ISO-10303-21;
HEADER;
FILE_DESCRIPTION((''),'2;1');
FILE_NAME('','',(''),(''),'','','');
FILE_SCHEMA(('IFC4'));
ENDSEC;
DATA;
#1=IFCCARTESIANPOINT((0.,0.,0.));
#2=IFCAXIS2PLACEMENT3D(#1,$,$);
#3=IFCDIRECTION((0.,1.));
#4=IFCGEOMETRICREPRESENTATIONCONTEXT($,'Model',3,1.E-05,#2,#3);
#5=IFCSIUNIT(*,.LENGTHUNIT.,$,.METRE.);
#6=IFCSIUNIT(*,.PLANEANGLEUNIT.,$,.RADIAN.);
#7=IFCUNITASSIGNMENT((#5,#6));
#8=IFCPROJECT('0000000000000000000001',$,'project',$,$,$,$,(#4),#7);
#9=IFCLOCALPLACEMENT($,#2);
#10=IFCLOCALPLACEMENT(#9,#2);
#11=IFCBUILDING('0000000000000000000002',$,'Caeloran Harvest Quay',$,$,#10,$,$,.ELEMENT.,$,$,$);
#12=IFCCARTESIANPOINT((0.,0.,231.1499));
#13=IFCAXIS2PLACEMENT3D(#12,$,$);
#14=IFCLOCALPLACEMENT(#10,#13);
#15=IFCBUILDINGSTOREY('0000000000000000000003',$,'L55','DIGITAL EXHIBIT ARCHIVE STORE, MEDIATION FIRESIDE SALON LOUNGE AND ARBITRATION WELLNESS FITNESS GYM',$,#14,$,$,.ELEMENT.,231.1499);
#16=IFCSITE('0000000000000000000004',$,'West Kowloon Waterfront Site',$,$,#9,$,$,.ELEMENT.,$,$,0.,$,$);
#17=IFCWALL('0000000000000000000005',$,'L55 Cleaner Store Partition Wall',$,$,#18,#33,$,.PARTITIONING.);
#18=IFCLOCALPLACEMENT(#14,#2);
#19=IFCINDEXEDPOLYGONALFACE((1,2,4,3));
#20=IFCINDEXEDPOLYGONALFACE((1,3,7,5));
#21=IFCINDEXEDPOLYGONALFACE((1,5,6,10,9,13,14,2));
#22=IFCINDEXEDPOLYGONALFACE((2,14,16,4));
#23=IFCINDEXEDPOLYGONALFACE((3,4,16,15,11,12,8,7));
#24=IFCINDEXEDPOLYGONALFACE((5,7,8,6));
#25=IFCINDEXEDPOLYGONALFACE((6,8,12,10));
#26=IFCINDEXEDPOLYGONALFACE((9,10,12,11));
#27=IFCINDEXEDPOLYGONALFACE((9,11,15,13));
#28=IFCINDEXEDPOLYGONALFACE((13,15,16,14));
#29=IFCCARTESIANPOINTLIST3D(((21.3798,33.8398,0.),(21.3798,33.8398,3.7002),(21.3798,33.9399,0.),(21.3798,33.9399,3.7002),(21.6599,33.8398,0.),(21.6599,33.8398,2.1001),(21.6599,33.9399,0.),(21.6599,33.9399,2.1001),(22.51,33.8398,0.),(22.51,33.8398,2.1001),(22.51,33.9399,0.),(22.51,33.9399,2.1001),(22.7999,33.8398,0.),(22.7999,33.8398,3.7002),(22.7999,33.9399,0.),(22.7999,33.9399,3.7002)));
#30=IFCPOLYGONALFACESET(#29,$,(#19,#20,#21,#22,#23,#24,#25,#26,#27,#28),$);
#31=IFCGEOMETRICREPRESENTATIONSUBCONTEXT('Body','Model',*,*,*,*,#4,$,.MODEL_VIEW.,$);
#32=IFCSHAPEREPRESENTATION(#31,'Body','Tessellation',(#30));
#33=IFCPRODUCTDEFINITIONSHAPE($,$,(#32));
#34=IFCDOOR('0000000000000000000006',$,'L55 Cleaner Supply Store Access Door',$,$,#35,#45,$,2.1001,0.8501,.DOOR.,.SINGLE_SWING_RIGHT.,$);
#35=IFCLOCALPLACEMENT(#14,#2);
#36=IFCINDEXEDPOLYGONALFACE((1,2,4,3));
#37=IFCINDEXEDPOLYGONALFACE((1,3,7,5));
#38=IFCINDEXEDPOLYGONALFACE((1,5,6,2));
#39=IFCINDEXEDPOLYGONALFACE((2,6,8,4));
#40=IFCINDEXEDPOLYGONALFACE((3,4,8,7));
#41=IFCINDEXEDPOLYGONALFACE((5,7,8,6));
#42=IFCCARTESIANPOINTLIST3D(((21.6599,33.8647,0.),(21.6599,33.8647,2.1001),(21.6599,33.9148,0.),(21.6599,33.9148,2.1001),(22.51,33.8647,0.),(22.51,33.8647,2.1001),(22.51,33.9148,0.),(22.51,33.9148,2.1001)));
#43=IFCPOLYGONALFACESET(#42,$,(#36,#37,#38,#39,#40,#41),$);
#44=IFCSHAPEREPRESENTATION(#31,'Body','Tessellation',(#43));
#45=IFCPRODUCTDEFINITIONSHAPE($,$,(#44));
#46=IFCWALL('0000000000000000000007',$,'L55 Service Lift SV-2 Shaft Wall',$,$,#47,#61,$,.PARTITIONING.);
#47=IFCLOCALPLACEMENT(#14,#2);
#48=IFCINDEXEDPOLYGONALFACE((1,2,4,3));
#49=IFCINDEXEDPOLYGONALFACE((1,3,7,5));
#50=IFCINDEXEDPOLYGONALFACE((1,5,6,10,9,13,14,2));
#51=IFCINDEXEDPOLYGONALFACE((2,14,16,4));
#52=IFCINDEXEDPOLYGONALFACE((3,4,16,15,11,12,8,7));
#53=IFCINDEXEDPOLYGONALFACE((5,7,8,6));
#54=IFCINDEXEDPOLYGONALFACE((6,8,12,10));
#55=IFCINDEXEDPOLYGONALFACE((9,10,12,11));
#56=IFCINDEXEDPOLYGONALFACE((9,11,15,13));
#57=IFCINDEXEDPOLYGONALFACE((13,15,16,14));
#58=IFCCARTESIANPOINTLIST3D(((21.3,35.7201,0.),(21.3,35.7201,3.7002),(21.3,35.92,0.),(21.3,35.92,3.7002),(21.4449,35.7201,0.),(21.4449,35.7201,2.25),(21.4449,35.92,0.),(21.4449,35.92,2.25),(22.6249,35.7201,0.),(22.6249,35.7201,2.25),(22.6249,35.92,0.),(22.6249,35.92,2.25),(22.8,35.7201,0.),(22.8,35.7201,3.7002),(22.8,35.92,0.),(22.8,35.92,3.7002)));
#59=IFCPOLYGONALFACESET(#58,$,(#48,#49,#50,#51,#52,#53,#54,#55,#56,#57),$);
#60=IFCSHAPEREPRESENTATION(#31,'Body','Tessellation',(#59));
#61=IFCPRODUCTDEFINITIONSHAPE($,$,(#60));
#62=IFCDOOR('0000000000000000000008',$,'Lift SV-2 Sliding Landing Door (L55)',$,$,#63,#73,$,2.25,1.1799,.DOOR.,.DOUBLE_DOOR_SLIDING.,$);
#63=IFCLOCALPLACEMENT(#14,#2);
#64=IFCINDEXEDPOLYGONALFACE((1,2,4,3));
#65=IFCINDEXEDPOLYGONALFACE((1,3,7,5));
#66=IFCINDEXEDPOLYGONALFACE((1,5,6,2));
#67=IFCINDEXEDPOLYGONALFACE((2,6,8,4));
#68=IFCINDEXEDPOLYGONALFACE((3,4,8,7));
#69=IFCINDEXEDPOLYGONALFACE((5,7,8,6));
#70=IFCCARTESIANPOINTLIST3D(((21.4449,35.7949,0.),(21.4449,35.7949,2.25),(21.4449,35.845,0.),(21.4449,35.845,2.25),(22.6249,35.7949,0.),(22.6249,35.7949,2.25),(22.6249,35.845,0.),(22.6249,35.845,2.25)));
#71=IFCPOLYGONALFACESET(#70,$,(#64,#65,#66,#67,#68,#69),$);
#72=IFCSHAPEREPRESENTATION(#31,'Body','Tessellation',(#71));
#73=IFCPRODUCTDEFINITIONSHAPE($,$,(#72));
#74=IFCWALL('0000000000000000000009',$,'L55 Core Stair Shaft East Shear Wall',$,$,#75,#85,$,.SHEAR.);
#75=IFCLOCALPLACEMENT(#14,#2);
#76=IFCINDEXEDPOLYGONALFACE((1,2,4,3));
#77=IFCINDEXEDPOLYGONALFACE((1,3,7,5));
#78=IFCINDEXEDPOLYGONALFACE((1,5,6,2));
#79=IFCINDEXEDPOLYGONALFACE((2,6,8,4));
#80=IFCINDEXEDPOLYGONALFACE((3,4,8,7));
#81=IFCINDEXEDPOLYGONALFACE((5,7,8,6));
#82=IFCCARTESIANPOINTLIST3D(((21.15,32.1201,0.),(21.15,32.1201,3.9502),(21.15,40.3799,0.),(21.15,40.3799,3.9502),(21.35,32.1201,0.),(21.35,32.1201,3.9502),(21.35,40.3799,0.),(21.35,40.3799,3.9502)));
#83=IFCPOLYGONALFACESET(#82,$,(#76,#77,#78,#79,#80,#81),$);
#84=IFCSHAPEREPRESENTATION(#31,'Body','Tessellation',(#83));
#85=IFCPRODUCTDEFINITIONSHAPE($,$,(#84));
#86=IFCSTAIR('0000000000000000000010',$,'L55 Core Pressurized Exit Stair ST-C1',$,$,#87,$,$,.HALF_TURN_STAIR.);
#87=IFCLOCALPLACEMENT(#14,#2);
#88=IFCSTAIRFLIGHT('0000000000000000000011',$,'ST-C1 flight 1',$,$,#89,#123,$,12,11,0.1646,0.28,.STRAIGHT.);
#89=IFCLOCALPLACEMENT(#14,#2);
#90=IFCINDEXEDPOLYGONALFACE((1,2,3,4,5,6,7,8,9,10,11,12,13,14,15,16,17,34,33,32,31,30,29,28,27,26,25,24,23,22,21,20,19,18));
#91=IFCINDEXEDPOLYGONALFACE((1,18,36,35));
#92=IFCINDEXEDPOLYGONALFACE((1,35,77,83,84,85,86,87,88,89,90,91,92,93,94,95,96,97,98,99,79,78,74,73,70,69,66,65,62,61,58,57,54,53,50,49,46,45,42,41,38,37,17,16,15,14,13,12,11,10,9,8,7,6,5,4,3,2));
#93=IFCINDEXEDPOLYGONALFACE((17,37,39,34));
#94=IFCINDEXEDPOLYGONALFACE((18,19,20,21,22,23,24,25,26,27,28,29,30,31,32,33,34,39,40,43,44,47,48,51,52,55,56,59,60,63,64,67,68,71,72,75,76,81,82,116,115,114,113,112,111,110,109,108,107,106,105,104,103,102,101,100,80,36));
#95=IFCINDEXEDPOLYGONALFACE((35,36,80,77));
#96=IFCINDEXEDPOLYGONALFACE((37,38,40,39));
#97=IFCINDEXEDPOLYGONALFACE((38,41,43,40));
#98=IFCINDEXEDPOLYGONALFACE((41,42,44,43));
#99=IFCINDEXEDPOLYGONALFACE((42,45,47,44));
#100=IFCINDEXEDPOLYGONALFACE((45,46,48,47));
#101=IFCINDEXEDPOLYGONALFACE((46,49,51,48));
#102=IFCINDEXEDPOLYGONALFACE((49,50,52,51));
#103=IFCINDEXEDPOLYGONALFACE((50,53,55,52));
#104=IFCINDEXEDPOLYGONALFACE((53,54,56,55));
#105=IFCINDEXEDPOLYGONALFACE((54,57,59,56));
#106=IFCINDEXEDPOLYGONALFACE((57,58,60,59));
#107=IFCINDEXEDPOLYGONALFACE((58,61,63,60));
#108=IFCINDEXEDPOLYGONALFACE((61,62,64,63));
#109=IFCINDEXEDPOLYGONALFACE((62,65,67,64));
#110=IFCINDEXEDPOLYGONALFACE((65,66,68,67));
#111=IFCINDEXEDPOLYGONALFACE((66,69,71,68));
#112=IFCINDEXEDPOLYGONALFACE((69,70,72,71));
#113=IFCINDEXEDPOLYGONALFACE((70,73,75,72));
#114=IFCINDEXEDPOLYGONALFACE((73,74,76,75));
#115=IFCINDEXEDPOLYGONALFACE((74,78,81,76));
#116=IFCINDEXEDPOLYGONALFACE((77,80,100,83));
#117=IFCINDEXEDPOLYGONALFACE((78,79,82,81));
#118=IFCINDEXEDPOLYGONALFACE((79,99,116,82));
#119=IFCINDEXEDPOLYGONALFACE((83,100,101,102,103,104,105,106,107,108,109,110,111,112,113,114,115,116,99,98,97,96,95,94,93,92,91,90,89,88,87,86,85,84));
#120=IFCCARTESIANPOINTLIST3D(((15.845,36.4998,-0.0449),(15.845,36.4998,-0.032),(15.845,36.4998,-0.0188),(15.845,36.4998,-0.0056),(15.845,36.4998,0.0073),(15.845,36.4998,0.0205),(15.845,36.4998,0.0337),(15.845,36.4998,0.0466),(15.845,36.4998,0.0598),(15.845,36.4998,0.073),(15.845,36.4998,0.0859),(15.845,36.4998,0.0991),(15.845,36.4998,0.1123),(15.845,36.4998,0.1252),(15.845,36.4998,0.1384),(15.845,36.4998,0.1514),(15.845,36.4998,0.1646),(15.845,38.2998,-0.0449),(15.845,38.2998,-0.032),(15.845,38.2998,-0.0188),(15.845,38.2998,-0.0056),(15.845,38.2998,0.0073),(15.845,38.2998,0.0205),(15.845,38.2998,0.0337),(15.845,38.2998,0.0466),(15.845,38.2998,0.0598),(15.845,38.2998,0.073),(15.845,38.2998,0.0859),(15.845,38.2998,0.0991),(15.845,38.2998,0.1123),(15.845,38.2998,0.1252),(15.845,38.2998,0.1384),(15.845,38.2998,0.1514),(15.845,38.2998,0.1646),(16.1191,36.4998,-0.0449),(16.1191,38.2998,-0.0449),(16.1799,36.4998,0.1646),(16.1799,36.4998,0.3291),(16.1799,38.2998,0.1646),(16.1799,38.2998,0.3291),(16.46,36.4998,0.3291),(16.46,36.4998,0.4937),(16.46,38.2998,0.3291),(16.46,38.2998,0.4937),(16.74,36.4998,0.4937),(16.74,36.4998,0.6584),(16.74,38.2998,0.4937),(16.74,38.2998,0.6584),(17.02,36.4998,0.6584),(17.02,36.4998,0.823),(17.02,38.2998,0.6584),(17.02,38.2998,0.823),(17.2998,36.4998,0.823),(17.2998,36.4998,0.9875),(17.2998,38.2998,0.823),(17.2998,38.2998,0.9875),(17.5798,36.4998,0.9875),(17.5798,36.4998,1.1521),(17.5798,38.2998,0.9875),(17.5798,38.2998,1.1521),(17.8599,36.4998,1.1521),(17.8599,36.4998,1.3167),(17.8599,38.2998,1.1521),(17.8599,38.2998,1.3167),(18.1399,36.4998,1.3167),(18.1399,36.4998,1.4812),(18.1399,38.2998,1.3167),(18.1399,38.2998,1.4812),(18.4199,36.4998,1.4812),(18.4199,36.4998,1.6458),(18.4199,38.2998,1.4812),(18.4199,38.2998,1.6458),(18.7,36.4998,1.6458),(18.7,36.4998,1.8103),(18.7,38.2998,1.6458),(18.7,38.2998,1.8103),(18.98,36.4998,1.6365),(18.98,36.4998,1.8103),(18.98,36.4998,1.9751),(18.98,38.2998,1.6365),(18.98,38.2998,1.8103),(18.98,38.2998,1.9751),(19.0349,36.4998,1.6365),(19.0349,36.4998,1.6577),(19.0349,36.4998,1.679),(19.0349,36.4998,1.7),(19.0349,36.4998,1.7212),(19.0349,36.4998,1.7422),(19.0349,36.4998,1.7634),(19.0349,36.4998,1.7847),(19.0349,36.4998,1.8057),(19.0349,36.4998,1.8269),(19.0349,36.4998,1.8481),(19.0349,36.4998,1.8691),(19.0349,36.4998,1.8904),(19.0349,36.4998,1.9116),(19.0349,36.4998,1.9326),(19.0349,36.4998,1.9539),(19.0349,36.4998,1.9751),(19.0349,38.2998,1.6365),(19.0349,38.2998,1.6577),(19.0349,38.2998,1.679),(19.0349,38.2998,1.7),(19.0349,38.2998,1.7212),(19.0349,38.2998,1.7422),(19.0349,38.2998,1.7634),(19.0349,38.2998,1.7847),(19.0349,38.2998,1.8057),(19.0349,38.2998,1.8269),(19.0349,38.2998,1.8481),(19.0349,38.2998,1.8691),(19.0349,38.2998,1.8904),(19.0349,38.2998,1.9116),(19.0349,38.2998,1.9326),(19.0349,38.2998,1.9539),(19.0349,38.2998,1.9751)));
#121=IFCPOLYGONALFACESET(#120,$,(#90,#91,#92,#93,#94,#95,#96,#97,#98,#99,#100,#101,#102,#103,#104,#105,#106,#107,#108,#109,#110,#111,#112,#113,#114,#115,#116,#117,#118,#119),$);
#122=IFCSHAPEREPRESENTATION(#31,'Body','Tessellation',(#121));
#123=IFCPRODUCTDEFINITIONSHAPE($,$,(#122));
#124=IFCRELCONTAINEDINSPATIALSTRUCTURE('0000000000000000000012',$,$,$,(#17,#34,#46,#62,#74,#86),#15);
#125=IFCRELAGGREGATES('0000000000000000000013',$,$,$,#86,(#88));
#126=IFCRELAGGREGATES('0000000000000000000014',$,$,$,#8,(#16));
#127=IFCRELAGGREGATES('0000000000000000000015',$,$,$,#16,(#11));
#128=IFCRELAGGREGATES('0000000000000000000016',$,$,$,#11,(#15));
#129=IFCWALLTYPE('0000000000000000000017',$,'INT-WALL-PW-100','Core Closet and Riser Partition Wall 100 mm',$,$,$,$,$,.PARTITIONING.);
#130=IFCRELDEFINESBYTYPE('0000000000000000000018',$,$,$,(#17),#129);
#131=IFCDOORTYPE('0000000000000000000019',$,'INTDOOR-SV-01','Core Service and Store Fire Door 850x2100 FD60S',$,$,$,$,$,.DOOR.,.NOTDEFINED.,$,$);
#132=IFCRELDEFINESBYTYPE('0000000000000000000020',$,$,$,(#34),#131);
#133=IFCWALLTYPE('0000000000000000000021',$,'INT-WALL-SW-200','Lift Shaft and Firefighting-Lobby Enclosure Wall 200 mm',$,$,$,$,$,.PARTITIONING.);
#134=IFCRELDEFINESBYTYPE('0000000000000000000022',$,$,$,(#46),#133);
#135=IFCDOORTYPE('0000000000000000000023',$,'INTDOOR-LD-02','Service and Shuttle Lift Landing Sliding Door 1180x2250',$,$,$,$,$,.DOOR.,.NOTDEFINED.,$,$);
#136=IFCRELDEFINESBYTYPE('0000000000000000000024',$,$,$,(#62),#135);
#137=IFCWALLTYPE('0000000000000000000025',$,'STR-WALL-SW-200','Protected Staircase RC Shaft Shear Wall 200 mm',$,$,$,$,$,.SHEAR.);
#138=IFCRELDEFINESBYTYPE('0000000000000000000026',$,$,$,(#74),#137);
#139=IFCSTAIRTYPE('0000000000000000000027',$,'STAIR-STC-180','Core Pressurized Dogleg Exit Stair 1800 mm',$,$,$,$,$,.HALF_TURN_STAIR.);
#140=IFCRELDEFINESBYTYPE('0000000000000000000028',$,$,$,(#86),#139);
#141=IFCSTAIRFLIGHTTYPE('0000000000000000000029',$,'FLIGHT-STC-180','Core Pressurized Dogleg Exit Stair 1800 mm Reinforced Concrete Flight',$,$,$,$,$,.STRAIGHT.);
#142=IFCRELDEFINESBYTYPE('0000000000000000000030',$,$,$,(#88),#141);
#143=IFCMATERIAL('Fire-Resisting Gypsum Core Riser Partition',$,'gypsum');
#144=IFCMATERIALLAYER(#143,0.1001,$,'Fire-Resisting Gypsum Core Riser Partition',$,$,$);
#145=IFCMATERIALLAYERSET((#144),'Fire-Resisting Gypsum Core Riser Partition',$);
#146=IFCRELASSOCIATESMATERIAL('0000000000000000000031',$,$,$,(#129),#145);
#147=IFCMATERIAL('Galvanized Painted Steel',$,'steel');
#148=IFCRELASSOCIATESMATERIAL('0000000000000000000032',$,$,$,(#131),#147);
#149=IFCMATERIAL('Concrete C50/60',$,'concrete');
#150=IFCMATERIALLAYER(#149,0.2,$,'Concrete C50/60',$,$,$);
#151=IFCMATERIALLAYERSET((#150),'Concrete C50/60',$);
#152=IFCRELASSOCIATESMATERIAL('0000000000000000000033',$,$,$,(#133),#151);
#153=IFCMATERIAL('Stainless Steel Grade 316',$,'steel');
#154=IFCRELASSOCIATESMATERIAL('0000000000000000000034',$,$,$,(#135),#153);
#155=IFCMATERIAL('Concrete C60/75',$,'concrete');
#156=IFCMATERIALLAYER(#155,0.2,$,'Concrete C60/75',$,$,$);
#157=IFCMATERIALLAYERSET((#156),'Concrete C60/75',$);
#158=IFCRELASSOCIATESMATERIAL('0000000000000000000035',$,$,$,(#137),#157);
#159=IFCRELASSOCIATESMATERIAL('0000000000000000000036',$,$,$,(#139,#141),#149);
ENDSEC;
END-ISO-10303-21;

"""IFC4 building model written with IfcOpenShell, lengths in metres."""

from ifc_helpers import new_model, si_unit, direction, frame, frame_2d, origin, place, context, subcontext, project, spatial, polyline, rectangle, outline, extrude, material, layer, layer_set, type_object, element, fill, aggregate, save


model = new_model("IFC4")

# Units and contexts
model_context = context("Model", 3, precision=1e-05, world=origin(), true_north=direction((0.0, 1.0)))
body_context = subcontext(model_context, "Body", "Model", "MODEL_VIEW")
ifc_project = project(units=[si_unit("LENGTHUNIT", "METRE"), si_unit("PLANEANGLEUNIT", "RADIAN")], contexts=[model_context])

# Site, building, storey
site_placement = place(None, origin())
site = spatial("IfcSite", under=ifc_project, at=site_placement, Name="West Kowloon Waterfront Site", CompositionType="ELEMENT", RefElevation=0.0)
building_placement = place(site_placement, origin())
building = spatial("IfcBuilding", under=site, at=building_placement, Name="Caeloran Harvest Quay", CompositionType="ELEMENT")
storey_placement = place(building_placement, frame((0.0, 0.0, 231.1499)))
storey = spatial("IfcBuildingStorey", under=building, at=storey_placement, Name="L55", Description="DIGITAL EXHIBIT ARCHIVE STORE, MEDIATION FIRESIDE SALON LOUNGE AND ARBITRATION WELLNESS FITNESS GYM", CompositionType="ELEMENT", Elevation=231.1499)

# Walls, openings, doors
ifc_material_1 = material(Name="Fire-Resisting Gypsum Core Riser Partition", Category="gypsum")
ifc_layer_1 = layer(ifc_material_1, 0.1001, Name="Fire-Resisting Gypsum Core Riser Partition")
ifc_layer_set_1 = layer_set([ifc_layer_1], Name="Fire-Resisting Gypsum Core Riser Partition")
wall_type_1 = type_object("IfcWallType", Name="INT-WALL-PW-100", Description="Core Closet and Riser Partition Wall 100 mm", PredefinedType="PARTITIONING", material=ifc_layer_set_1)
wall_1_placement = place(storey_placement, frame((21.3799, 33.8899, 0.0), z_axis=(0.0, 0.0, 1.0), x_axis=(1.0, 0.0, 0.0)))
wall_1 = element("IfcWall", 1, at=wall_1_placement, inside=storey, type_object=wall_type_1, Name="L55 Cleaner Store Partition Wall", PredefinedType="PARTITIONING", context=body_context, shape_type="SweptSolid", body=[
    extrude(rectangle(XDim=1.4202, YDim=0.1001, at=frame_2d((0.71, 0.0))), origin(), (0.0, 0.0, 1.0), 3.7002),
])
opening_1_placement = place(wall_1_placement, frame((0.28, 0.0, 0.0)))
opening_1 = element("IfcOpeningElement", 2, at=opening_1_placement, cuts=wall_1, PredefinedType="OPENING", context=body_context, shape_type="SweptSolid", body=[
    extrude(rectangle(XDim=0.8501, YDim=2.1001, at=frame_2d((0.425, 1.05))), frame((0.0, 0.0601, 0.0), z_axis=(0.0, -1.0, 0.0), x_axis=(1.0, 0.0, 0.0)), (0.0, 0.0, 1.0), 0.1201),
])
ifc_material_2 = material(Name="Galvanized Painted Steel", Category="steel")
door_type_1 = type_object("IfcDoorType", Name="INTDOOR-SV-01", Description="Core Service and Store Fire Door 850x2100 FD60S", OperationType="NOTDEFINED", PredefinedType="DOOR", material=ifc_material_2)
door_1_placement = place(opening_1_placement, origin())
door_1 = element("IfcDoor", 3, at=door_1_placement, inside=storey, type_object=door_type_1, Name="L55 Cleaner Supply Store Access Door", OperationType="SINGLE_SWING_RIGHT", OverallHeight=2.1001, OverallWidth=0.8501, PredefinedType="DOOR", context=body_context, shape_type="SweptSolid", body=[
    extrude(rectangle(XDim=0.8501, YDim=2.1001, at=frame_2d((0.425, 1.05))), frame((0.0, 0.0249, 0.0), z_axis=(0.0, -1.0, 0.0), x_axis=(1.0, 0.0, 0.0)), (0.0, 0.0, 1.0), 0.05),
])
fill(opening_1, door_1)
ifc_material_3 = material(Name="Concrete C50/60", Category="concrete")
ifc_layer_2 = layer(ifc_material_3, 0.2, Name="Concrete C50/60")
ifc_layer_set_2 = layer_set([ifc_layer_2], Name="Concrete C50/60")
wall_type_2 = type_object("IfcWallType", Name="INT-WALL-SW-200", Description="Lift Shaft and Firefighting-Lobby Enclosure Wall 200 mm", PredefinedType="PARTITIONING", material=ifc_layer_set_2)
wall_2_placement = place(storey_placement, frame((21.3, 35.8201, 0.0), z_axis=(0.0, 0.0, 1.0), x_axis=(1.0, 0.0, 0.0)))
wall_2 = element("IfcWall", 4, at=wall_2_placement, inside=storey, type_object=wall_type_2, Name="L55 Service Lift SV-2 Shaft Wall", PredefinedType="PARTITIONING", context=body_context, shape_type="SweptSolid", body=[
    extrude(rectangle(XDim=1.5, YDim=0.2, at=frame_2d((0.75, 0.0))), origin(), (0.0, 0.0, 1.0), 3.7002),
])
opening_2_placement = place(wall_2_placement, frame((0.145, 0.0, 0.0)))
opening_2 = element("IfcOpeningElement", 5, at=opening_2_placement, cuts=wall_2, PredefinedType="OPENING", context=body_context, shape_type="SweptSolid", body=[
    extrude(rectangle(XDim=1.1799, YDim=2.25, at=frame_2d((0.5898, 1.125))), frame((0.0, 0.1099, 0.0), z_axis=(0.0, -1.0, 0.0), x_axis=(1.0, 0.0, 0.0)), (0.0, 0.0, 1.0), 0.22),
])
ifc_material_4 = material(Name="Stainless Steel Grade 316", Category="steel")
door_type_2 = type_object("IfcDoorType", Name="INTDOOR-LD-02", Description="Service and Shuttle Lift Landing Sliding Door 1180x2250", OperationType="NOTDEFINED", PredefinedType="DOOR", material=ifc_material_4)
door_2_placement = place(opening_2_placement, origin())
door_2 = element("IfcDoor", 6, at=door_2_placement, inside=storey, type_object=door_type_2, Name="Lift SV-2 Sliding Landing Door (L55)", OperationType="DOUBLE_DOOR_SLIDING", OverallHeight=2.25, OverallWidth=1.1799, PredefinedType="DOOR", context=body_context, shape_type="SweptSolid", body=[
    extrude(rectangle(XDim=1.1799, YDim=2.25, at=frame_2d((0.5898, 1.125))), frame((0.0, 0.0249, 0.0), z_axis=(0.0, -1.0, 0.0), x_axis=(1.0, 0.0, 0.0)), (0.0, 0.0, 1.0), 0.05),
])
fill(opening_2, door_2)

# Wall
ifc_material_5 = material(Name="Concrete C60/75", Category="concrete")
ifc_layer_3 = layer(ifc_material_5, 0.2, Name="Concrete C60/75")
ifc_layer_set_3 = layer_set([ifc_layer_3], Name="Concrete C60/75")
wall_type_3 = type_object("IfcWallType", Name="STR-WALL-SW-200", Description="Protected Staircase RC Shaft Shear Wall 200 mm", PredefinedType="SHEAR", material=ifc_layer_set_3)
wall_3_placement = place(storey_placement, frame((21.25, 32.1201, 0.0), z_axis=(0.0, 0.0, 1.0), x_axis=(0.0, 1.0, 0.0)))
element("IfcWall", 7, at=wall_3_placement, inside=storey, type_object=wall_type_3, Name="L55 Core Stair Shaft East Shear Wall", PredefinedType="SHEAR", context=body_context, shape_type="SweptSolid", body=[
    extrude(rectangle(XDim=8.2598, YDim=0.2, at=frame_2d((4.1299, 0.0))), origin(), (0.0, 0.0, 1.0), 3.9502),
])

# Stair, stair flight
stair_type = type_object("IfcStairType", Name="STAIR-STC-180", Description="Core Pressurized Dogleg Exit Stair 1800 mm", PredefinedType="HALF_TURN_STAIR", material=ifc_material_3)
stair_1_placement = place(storey_placement, origin())
stair_1 = element("IfcStair", 8, at=stair_1_placement, inside=storey, type_object=stair_type, Name="L55 Core Pressurized Exit Stair ST-C1", PredefinedType="HALF_TURN_STAIR")
stair_flight_type = type_object("IfcStairFlightType", Name="FLIGHT-STC-180", Description="Core Pressurized Dogleg Exit Stair 1800 mm Reinforced Concrete Flight", PredefinedType="STRAIGHT", material=ifc_material_3)
stair_flight_1_placement = place(storey_placement, frame((15.8999, 37.3999, 0.0), z_axis=(0.0, 0.0, 1.0), x_axis=(1.0, 0.0, 0.0)))
stair_flight_1 = element("IfcStairFlight", 9, at=stair_flight_1_placement, type_object=stair_flight_type, Name="ST-C1 flight 1", NumberOfRisers=12, NumberOfTreads=11, PredefinedType="STRAIGHT", RiserHeight=0.1646, TreadLength=0.28, context=body_context, shape_type="SweptSolid", body=[
    extrude(outline(polyline([(-0.0549, -0.0449), (-0.0549, -0.032), (-0.0549, -0.0188), (-0.0549, -0.0056), (-0.0549, 0.0073), (-0.0549, 0.0205), (-0.0549, 0.0337), (-0.0549, 0.0466), (-0.0549, 0.0598), (-0.0549, 0.073), (-0.0549, 0.0859), (-0.0549, 0.0991), (-0.0549, 0.1123), (-0.0549, 0.1252), (-0.0549, 0.1384), (-0.0549, 0.1514), (-0.0549, 0.1646), (0.28, 0.1646), (0.28, 0.3291), (0.5601, 0.3291), (0.5601, 0.4937), (0.8401, 0.4937), (0.8401, 0.6584), (1.1201, 0.6584), (1.1201, 0.823), (1.3999, 0.823), (1.3999, 0.9875), (1.6799, 0.9875), (1.6799, 1.1521), (1.96, 1.1521), (1.96, 1.3167), (2.24, 1.3167), (2.24, 1.4812), (2.52, 1.4812), (2.52, 1.6458), (2.8, 1.6458), (2.8, 1.8103), (3.0801, 1.8103), (3.0801, 1.9751), (3.135, 1.9751), (3.135, 1.9539), (3.135, 1.9326), (3.135, 1.9116), (3.135, 1.8904), (3.135, 1.8691), (3.135, 1.8481), (3.135, 1.8269), (3.135, 1.8057), (3.135, 1.7847), (3.135, 1.7634), (3.135, 1.7422), (3.135, 1.7212), (3.135, 1.7), (3.135, 1.679), (3.135, 1.6577), (3.135, 1.6365), (3.0801, 1.6365), (0.2192, -0.0449), (-0.0549, -0.0449)])), frame((0.0, 0.8999, 0.0), z_axis=(0.0, -1.0, 0.0), x_axis=(1.0, 0.0, 0.0)), (0.0, 0.0, 1.0), 1.8),
])
aggregate(stair_1, [stair_flight_1])

save(model, "model.ifc")
